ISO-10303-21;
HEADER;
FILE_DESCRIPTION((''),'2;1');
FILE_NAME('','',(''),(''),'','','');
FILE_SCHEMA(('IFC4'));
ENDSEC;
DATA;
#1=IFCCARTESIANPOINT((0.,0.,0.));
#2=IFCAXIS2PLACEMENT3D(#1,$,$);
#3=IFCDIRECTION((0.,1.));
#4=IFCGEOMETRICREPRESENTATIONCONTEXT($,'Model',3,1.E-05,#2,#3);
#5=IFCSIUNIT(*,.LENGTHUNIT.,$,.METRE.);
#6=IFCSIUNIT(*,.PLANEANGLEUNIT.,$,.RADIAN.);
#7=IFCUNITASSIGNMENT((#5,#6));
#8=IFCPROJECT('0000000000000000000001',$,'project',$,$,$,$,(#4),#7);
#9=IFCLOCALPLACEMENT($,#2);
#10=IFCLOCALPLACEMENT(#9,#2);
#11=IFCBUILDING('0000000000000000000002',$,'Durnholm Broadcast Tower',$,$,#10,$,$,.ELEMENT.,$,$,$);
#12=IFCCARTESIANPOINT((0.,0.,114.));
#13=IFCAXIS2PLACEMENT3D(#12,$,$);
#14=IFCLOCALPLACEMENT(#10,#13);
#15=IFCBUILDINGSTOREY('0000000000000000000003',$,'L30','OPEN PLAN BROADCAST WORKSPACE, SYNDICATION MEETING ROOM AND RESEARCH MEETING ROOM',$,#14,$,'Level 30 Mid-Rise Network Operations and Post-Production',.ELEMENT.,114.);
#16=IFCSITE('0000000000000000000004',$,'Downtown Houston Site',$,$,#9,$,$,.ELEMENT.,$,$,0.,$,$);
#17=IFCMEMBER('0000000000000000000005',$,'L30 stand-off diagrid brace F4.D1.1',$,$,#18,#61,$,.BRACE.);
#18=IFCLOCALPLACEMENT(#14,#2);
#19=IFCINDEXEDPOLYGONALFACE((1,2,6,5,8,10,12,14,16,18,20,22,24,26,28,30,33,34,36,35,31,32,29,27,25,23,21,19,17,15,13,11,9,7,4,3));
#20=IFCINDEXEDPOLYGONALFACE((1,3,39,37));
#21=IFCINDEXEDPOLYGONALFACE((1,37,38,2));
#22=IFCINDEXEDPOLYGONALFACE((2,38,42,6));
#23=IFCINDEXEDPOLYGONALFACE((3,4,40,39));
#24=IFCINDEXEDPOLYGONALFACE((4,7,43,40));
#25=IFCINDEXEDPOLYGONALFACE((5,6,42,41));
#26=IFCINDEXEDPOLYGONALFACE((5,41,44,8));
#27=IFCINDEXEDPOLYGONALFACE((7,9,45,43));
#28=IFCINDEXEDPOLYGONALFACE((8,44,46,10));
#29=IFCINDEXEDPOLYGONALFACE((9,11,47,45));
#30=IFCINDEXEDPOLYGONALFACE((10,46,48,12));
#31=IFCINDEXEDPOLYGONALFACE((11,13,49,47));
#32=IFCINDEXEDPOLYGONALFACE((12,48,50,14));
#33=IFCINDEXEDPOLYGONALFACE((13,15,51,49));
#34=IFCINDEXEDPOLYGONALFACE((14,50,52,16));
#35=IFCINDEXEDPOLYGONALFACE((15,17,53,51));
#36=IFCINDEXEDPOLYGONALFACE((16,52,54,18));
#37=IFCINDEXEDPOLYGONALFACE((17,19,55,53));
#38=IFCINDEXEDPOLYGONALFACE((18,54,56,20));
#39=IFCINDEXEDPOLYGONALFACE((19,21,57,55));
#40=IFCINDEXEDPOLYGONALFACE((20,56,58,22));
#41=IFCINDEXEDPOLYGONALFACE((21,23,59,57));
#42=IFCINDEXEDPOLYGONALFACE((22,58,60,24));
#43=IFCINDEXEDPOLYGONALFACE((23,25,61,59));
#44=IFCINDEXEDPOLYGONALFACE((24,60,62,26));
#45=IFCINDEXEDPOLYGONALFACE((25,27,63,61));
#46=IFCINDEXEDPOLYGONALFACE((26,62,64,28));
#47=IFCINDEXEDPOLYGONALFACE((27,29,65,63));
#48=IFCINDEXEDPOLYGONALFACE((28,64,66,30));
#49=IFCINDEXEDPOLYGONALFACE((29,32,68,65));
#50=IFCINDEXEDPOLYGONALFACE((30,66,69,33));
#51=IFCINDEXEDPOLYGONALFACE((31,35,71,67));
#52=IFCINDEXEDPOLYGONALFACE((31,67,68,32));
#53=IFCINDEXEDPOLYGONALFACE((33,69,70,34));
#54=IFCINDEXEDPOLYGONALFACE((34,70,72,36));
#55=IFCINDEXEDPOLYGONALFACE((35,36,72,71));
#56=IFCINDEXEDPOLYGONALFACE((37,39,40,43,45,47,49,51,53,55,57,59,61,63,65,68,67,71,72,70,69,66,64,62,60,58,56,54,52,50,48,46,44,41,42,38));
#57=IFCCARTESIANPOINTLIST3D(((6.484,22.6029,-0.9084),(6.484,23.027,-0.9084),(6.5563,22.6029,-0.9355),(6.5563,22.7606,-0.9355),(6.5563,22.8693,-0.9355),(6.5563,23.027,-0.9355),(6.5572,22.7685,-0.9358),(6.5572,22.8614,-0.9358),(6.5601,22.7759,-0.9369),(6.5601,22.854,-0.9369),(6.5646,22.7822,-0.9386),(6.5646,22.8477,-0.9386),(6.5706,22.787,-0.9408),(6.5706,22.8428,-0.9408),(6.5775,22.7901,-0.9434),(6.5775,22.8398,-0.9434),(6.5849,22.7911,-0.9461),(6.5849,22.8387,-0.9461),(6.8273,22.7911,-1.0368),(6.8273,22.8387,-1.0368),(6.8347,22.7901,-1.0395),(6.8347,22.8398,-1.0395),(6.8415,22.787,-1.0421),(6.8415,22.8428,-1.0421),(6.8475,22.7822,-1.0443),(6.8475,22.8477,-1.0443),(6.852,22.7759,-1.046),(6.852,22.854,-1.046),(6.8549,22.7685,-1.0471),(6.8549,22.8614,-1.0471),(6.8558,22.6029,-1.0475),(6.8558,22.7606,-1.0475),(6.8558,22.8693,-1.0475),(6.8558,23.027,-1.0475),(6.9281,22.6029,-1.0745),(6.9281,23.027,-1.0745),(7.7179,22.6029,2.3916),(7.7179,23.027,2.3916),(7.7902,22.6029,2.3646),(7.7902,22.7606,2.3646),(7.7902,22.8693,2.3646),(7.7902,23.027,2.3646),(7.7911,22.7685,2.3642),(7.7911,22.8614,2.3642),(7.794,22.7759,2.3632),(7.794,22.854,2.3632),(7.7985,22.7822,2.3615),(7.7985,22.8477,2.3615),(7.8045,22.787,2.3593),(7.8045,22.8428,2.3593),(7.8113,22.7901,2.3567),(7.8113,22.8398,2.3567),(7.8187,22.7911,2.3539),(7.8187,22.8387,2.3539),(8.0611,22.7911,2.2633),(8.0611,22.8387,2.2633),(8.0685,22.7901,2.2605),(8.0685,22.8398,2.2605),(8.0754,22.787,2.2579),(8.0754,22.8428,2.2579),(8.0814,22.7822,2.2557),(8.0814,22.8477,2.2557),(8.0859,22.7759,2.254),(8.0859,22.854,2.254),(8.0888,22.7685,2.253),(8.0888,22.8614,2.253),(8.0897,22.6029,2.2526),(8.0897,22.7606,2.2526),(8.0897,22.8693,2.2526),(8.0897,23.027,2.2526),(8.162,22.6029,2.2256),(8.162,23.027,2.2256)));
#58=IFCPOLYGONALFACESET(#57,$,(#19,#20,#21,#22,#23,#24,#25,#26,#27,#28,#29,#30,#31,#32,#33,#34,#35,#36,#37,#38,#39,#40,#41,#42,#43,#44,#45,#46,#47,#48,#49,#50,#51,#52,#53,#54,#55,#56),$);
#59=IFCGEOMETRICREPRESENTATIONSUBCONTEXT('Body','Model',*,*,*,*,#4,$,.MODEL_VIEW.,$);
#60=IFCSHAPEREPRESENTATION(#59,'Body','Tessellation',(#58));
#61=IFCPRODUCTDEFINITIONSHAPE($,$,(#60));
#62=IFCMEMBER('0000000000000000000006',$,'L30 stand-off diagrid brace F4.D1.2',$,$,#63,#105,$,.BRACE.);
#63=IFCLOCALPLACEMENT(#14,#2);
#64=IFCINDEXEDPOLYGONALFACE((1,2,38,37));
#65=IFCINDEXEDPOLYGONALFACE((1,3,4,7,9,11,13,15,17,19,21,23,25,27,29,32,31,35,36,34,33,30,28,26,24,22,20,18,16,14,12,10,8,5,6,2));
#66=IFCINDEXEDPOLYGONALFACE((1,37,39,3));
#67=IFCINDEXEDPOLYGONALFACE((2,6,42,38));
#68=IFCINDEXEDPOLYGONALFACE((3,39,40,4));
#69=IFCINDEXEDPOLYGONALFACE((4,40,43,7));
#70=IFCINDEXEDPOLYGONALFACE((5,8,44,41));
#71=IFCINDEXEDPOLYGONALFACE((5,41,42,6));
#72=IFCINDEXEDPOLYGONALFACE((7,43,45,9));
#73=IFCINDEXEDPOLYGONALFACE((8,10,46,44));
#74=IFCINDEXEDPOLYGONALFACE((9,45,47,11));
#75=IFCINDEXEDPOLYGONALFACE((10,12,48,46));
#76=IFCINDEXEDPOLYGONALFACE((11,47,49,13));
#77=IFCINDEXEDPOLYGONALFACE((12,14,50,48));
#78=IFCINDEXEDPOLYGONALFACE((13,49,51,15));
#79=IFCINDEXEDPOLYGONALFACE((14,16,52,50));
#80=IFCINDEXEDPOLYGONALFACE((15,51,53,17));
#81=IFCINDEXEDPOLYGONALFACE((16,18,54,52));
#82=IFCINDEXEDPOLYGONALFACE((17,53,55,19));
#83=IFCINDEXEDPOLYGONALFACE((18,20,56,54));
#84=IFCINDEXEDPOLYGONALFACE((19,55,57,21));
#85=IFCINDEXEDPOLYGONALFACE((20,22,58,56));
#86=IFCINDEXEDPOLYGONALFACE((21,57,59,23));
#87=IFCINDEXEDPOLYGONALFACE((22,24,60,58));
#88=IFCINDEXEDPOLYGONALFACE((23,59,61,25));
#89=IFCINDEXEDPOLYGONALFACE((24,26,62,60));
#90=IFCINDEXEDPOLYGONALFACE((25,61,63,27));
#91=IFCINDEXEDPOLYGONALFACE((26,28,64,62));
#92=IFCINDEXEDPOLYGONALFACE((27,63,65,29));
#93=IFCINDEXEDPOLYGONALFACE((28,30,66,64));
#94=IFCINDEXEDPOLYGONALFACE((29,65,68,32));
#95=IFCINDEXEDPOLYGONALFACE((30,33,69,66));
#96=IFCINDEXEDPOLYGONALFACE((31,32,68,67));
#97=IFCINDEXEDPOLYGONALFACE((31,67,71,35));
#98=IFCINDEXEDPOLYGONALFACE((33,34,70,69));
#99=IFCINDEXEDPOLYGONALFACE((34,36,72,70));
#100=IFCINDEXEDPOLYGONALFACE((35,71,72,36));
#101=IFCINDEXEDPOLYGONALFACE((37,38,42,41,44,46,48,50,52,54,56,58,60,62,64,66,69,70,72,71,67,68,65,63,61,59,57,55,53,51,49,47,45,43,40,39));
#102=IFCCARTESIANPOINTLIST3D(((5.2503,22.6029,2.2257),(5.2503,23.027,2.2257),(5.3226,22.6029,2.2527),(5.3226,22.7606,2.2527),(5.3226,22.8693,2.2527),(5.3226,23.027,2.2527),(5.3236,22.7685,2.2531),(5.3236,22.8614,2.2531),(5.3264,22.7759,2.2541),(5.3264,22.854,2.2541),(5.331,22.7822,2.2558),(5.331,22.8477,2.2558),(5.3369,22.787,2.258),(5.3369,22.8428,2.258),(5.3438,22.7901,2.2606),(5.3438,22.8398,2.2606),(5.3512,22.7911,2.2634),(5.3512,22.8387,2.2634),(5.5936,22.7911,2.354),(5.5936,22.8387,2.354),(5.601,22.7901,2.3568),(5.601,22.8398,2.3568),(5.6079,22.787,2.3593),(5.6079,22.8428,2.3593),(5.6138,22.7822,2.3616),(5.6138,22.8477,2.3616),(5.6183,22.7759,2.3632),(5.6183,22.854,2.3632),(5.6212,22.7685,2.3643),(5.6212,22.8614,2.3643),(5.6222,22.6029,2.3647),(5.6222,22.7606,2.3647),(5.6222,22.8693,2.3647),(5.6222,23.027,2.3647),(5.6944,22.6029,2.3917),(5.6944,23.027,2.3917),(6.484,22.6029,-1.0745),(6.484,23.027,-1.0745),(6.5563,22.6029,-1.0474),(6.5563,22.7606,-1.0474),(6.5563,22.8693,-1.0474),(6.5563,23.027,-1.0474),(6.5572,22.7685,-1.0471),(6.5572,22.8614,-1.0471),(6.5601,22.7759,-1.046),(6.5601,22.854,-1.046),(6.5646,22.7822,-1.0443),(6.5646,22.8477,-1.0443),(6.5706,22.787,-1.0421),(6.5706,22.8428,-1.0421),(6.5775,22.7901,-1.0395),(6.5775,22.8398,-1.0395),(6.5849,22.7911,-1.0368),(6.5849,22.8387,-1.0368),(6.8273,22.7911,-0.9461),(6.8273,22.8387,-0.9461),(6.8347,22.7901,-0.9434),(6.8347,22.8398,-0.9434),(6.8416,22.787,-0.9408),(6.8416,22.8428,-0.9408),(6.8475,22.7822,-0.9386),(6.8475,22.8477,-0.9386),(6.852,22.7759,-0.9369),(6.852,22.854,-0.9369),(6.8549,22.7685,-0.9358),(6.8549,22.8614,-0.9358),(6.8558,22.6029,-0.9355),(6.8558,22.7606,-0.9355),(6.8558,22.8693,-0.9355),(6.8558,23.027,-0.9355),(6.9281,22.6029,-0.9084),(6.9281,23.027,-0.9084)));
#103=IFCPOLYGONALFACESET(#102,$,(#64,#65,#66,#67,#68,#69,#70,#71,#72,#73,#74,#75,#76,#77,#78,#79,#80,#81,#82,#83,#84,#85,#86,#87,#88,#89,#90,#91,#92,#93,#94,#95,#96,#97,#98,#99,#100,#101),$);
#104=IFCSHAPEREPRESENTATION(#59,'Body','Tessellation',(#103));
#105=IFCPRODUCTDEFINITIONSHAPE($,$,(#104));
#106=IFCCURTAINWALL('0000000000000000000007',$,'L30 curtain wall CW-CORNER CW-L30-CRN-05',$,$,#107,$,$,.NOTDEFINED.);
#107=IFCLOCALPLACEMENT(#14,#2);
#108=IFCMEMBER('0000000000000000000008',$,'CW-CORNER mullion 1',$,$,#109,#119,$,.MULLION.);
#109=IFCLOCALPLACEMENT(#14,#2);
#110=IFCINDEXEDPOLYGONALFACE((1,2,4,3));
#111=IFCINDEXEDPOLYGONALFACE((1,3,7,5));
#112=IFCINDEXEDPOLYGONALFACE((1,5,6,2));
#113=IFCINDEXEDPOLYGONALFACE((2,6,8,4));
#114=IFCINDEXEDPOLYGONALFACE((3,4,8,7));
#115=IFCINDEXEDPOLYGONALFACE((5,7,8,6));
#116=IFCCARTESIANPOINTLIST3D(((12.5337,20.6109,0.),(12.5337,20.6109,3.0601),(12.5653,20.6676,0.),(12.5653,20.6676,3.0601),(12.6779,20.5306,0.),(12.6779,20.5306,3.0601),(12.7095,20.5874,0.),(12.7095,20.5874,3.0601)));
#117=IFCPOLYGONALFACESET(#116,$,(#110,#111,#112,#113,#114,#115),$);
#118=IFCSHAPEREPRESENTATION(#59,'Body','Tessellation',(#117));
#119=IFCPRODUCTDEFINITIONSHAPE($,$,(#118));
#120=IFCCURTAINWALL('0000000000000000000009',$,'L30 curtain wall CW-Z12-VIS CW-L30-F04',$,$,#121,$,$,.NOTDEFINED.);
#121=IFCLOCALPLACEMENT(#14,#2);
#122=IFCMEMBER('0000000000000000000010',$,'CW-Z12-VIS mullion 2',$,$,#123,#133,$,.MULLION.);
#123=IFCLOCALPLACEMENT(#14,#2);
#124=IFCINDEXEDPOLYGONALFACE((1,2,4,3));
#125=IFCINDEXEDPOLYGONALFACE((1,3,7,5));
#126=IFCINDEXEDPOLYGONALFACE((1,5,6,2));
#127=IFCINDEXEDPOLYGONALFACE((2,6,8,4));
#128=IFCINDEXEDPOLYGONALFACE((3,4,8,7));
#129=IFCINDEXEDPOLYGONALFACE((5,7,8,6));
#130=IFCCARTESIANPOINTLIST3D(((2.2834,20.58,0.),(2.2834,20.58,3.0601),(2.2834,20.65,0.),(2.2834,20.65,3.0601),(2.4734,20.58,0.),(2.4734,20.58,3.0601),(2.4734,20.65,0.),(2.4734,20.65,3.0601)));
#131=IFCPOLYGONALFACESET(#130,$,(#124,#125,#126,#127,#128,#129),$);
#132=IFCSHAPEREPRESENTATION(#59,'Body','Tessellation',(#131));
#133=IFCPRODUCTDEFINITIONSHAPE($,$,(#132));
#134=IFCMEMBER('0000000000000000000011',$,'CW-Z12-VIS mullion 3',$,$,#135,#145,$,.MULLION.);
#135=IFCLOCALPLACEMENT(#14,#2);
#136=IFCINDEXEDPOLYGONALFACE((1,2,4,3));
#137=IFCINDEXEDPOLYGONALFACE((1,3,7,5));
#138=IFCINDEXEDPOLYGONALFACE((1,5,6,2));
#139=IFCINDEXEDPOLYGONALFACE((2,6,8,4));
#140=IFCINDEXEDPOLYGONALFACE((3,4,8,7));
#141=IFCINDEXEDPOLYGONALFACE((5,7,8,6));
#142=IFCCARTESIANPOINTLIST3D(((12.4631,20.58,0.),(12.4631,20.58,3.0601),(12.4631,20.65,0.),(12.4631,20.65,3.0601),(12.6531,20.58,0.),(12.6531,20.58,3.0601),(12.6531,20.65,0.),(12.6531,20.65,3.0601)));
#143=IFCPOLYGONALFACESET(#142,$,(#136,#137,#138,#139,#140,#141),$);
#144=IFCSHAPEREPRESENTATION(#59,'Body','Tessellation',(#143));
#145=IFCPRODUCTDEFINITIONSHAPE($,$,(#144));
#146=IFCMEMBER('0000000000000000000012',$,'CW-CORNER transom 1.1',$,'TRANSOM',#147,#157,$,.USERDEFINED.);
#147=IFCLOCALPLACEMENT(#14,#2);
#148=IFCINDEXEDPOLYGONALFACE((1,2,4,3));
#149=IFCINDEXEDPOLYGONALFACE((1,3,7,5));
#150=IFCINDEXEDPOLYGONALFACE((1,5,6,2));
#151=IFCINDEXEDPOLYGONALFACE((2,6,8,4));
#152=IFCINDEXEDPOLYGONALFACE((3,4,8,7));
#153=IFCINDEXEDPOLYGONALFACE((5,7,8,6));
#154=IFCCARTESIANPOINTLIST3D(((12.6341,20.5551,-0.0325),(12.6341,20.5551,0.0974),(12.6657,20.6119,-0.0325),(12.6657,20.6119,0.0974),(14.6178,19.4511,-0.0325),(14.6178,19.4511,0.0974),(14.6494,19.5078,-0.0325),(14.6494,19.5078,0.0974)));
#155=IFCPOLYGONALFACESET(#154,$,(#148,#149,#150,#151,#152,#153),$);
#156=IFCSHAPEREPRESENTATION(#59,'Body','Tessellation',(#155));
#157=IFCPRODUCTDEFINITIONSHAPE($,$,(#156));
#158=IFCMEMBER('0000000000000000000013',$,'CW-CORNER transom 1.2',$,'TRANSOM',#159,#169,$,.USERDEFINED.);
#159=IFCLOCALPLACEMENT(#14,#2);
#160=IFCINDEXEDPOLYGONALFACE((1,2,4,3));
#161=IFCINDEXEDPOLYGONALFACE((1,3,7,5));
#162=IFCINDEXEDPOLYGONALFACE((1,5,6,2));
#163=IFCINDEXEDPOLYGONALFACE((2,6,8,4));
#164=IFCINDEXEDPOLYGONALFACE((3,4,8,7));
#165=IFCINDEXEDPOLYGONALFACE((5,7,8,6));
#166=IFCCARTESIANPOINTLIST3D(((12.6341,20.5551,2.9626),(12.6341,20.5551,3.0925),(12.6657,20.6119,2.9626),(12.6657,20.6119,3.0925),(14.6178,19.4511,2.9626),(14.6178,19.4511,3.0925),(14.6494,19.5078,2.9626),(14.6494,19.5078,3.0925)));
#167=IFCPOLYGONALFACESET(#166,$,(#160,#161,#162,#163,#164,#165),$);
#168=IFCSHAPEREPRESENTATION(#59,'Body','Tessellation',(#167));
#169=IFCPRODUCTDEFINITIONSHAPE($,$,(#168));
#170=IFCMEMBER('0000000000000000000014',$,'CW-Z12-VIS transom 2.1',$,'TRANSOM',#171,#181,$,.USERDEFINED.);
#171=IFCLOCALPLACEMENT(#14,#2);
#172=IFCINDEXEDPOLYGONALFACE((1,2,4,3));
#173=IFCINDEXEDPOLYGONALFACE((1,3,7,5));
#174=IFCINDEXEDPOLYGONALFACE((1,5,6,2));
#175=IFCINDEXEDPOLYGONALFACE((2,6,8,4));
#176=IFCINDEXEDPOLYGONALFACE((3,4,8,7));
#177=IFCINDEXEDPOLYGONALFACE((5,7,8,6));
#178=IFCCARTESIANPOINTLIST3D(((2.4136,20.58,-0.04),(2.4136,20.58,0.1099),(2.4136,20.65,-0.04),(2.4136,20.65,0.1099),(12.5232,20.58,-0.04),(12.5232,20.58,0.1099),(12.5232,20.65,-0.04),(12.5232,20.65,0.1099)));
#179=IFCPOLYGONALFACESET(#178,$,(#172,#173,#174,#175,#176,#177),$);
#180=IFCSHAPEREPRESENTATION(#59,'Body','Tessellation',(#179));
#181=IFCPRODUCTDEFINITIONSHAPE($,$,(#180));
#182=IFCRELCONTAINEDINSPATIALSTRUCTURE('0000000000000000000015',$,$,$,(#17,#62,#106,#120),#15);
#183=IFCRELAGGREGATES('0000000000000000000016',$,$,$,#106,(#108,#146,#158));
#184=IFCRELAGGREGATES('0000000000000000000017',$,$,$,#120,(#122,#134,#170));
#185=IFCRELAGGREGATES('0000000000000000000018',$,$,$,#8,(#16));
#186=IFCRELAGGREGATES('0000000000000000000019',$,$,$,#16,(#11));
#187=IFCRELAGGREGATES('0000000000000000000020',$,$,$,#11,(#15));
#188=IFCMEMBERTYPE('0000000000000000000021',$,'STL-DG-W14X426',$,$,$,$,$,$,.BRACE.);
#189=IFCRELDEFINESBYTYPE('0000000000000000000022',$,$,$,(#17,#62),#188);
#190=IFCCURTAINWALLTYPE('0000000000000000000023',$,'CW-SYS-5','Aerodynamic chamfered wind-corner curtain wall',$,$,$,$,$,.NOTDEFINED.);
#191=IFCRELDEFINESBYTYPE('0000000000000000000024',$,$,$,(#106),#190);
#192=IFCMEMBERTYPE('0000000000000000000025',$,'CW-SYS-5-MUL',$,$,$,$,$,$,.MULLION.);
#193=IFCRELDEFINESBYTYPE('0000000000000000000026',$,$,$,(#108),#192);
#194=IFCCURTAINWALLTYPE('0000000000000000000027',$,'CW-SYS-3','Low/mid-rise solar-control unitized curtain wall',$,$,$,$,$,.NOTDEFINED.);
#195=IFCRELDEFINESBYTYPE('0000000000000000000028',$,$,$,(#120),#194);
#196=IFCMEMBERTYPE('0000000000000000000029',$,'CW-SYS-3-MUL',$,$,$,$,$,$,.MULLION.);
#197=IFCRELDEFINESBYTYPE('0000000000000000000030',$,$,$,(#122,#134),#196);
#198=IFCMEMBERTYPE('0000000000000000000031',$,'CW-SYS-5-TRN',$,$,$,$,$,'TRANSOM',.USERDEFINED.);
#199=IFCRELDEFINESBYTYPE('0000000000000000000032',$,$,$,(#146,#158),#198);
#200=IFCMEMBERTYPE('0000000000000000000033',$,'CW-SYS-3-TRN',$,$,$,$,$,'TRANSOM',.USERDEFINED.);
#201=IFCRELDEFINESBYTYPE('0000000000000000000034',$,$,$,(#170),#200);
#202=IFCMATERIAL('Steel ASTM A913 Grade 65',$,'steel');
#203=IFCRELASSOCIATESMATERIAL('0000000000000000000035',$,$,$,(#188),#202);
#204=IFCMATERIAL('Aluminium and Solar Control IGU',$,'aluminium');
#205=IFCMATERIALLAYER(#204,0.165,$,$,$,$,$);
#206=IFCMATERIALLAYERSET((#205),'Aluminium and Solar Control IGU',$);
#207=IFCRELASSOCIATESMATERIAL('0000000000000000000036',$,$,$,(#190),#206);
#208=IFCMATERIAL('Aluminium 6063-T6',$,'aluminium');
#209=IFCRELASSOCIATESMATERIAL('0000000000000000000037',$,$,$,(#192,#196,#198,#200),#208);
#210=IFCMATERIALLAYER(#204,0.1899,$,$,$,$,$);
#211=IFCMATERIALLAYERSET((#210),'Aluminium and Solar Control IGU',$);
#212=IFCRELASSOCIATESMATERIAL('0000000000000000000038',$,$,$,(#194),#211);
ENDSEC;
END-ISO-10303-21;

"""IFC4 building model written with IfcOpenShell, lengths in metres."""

from ifc_helpers import new_model, si_unit, direction, frame, origin, origin_2d, place, context, subcontext, project, spatial, rectangle, i_section, extrude, source, transform, mapped, material, layer, layer_set, material_profile, profile_set, type_object, type_shapes, element, aggregate, save


model = new_model("IFC4")

# Units and contexts
model_context = context("Model", 3, precision=1e-05, world=origin(), true_north=direction((0.0, 1.0)))
body_context = subcontext(model_context, "Body", "Model", "MODEL_VIEW")
ifc_project = project(units=[si_unit("LENGTHUNIT", "METRE"), si_unit("PLANEANGLEUNIT", "RADIAN")], contexts=[model_context])

# Site, building, storey
site_placement = place(None, origin())
site = spatial("IfcSite", under=ifc_project, at=site_placement, Name="Downtown Houston Site", CompositionType="ELEMENT", RefElevation=0.0)
building_placement = place(site_placement, origin())
building = spatial("IfcBuilding", under=site, at=building_placement, Name="Durnholm Broadcast Tower", CompositionType="ELEMENT")
storey_placement = place(building_placement, frame((0.0, 0.0, 114.0)))
storey = spatial("IfcBuildingStorey", under=building, at=storey_placement, Name="L30", Description="OPEN PLAN BROADCAST WORKSPACE, SYNDICATION MEETING ROOM AND RESEARCH MEETING ROOM", LongName="Level 30 Mid-Rise Network Operations and Post-Production", CompositionType="ELEMENT", Elevation=114.0)

# Members
ifc_material_1 = material(Name="Steel ASTM A913 Grade 65", Category="steel")
ifc_material_profile_1 = material_profile(ifc_material_1, i_section(OverallWidth=0.4241, OverallDepth=0.4741, WebThickness=0.0476, FlangeThickness=0.0771, FilletRadius=0.0305, at=origin_2d()), Name="W14X426")
ifc_profile_set_1 = profile_set([ifc_material_profile_1], Name="Steel ASTM A913 Grade 65")
member_type_1 = type_object("IfcMemberType", Name="STL-DG-W14X426", PredefinedType="BRACE", material=ifc_profile_set_1)
shared_shape_1 = source(origin(), body_context, "Body", "SweptSolid", [
    extrude(i_section(OverallWidth=0.4241, OverallDepth=0.4741, WebThickness=0.0476, FlangeThickness=0.0771, FilletRadius=0.0305, at=origin_2d()), origin(), (0.0, 0.0, 1.0), 3.5232),
])
type_shapes(member_type_1, [shared_shape_1])
for number, where, z_axis, x_axis, name in (
    (1, (6.7061, 22.8149, -0.9915), (0.35022, 0.0, 0.936668), (0.0, 1.0, 0.0), "L30 stand-off diagrid brace F4.D1.1"),
    (2, (6.7061, 22.8149, -0.9915), (-0.350159, 0.0, 0.93669), (0.0, -1.0, 0.0), "L30 stand-off diagrid brace F4.D1.2"),
):
    element("IfcMember", number, at=place(storey_placement, frame(where, z_axis=z_axis, x_axis=x_axis)), inside=storey, type_object=member_type_1, Name=name, PredefinedType="BRACE", context=body_context, shape_type="MappedRepresentation", body=[
        mapped(shared_shape_1, transform((0.0, 0.0, 0.0), x_axis=(1.0, 0.0, 0.0), y_axis=(0.0, 1.0, 0.0), z_axis=(0.0, 0.0, 1.0), scale=1.0)),
    ])

# Curtain wall, member
ifc_material_2 = material(Name="Aluminium and Solar Control IGU", Category="aluminium")
ifc_layer_1 = layer(ifc_material_2, 0.165)
ifc_layer_set_1 = layer_set([ifc_layer_1], Name="Aluminium and Solar Control IGU")
curtain_wall_type_1 = type_object("IfcCurtainWallType", Name="CW-SYS-5", Description="Aerodynamic chamfered wind-corner curtain wall", PredefinedType="NOTDEFINED", material=ifc_layer_set_1)
curtain_wall_1_placement = place(storey_placement, origin())
curtain_wall_1 = element("IfcCurtainWall", 3, at=curtain_wall_1_placement, inside=storey, type_object=curtain_wall_type_1, Name="L30 curtain wall CW-CORNER CW-L30-CRN-05", PredefinedType="NOTDEFINED")
ifc_material_3 = material(Name="Aluminium 6063-T6", Category="aluminium")
ifc_material_profile_2 = material_profile(ifc_material_3, rectangle(XDim=0.0649, YDim=0.165, at=origin_2d()), Name="CWM65X165")
ifc_profile_set_2 = profile_set([ifc_material_profile_2], Name="Aluminium 6063-T6")
member_type_2 = type_object("IfcMemberType", Name="CW-SYS-5-MUL", PredefinedType="MULLION", material=ifc_profile_set_2)
shared_shape_2 = source(origin(), body_context, "Body", "SweptSolid", [
    extrude(rectangle(XDim=0.0649, YDim=0.165, at=origin_2d()), origin(), (0.0, 0.0, 1.0), 3.0601),
])
type_shapes(member_type_2, [shared_shape_2])
member_1_placement = place(storey_placement, frame((12.6216, 20.5991, 0.0), z_axis=(0.0, 0.0, 1.0), x_axis=(0.486244, 0.873823, 0.0)))
member_1 = element("IfcMember", 4, at=member_1_placement, type_object=member_type_2, Name="CW-CORNER mullion 1", PredefinedType="MULLION", context=body_context, shape_type="MappedRepresentation", body=[
    mapped(shared_shape_2, transform((0.0, 0.0, 0.0), x_axis=(1.0, 0.0, 0.0), y_axis=(0.0, 1.0, 0.0), z_axis=(0.0, 0.0, 1.0), scale=1.0)),
])

# Curtain wall, members
ifc_layer_2 = layer(ifc_material_2, 0.1899)
ifc_layer_set_2 = layer_set([ifc_layer_2], Name="Aluminium and Solar Control IGU")
curtain_wall_type_2 = type_object("IfcCurtainWallType", Name="CW-SYS-3", Description="Low/mid-rise solar-control unitized curtain wall", PredefinedType="NOTDEFINED", material=ifc_layer_set_2)
curtain_wall_2_placement = place(storey_placement, origin())
curtain_wall_2 = element("IfcCurtainWall", 5, at=curtain_wall_2_placement, inside=storey, type_object=curtain_wall_type_2, Name="L30 curtain wall CW-Z12-VIS CW-L30-F04", PredefinedType="NOTDEFINED")
ifc_material_profile_3 = material_profile(ifc_material_3, rectangle(XDim=0.0701, YDim=0.1899, at=origin_2d()), Name="CWM70X190")
ifc_profile_set_3 = profile_set([ifc_material_profile_3], Name="Aluminium 6063-T6")
member_type_3 = type_object("IfcMemberType", Name="CW-SYS-3-MUL", PredefinedType="MULLION", material=ifc_profile_set_3)
shared_shape_3 = source(origin(), body_context, "Body", "SweptSolid", [
    extrude(rectangle(XDim=0.0701, YDim=0.1899, at=origin_2d()), origin(), (0.0, 0.0, 1.0), 3.0601),
])
type_shapes(member_type_3, [shared_shape_3])
member_2_placement = place(storey_placement, frame((2.3784, 20.615, 0.0), z_axis=(0.0, 0.0, 1.0), x_axis=(0.0, 1.0, 0.0)))
member_2 = element("IfcMember", 6, at=member_2_placement, type_object=member_type_3, Name="CW-Z12-VIS mullion 2", PredefinedType="MULLION", context=body_context, shape_type="MappedRepresentation", body=[
    mapped(shared_shape_3, transform((0.0, 0.0, 0.0), x_axis=(1.0, 0.0, 0.0), y_axis=(0.0, 1.0, 0.0), z_axis=(0.0, 0.0, 1.0), scale=1.0)),
])
member_3_placement = place(storey_placement, frame((12.5581, 20.615, 0.0), z_axis=(0.0, 0.0, 1.0), x_axis=(0.0, 1.0, 0.0)))
member_3 = element("IfcMember", 7, at=member_3_placement, type_object=member_type_3, Name="CW-Z12-VIS mullion 3", PredefinedType="MULLION", context=body_context, shape_type="MappedRepresentation", body=[
    mapped(shared_shape_3, transform((0.0, 0.0, 0.0), x_axis=(1.0, 0.0, 0.0), y_axis=(0.0, 1.0, 0.0), z_axis=(0.0, 0.0, 1.0), scale=1.0)),
])

# Members
ifc_material_profile_4 = material_profile(ifc_material_3, rectangle(XDim=0.0649, YDim=0.1299, at=origin_2d()), Name="CWT65X130")
ifc_profile_set_4 = profile_set([ifc_material_profile_4], Name="Aluminium 6063-T6")
member_type_4 = type_object("IfcMemberType", Name="CW-SYS-5-TRN", ElementType="TRANSOM", PredefinedType="USERDEFINED", material=ifc_profile_set_4)
shared_shape_4 = source(origin(), body_context, "Body", "SweptSolid", [
    extrude(rectangle(XDim=0.0649, YDim=0.1299, at=origin_2d()), origin(), (0.0, 0.0, 1.0), 2.2703),
])
type_shapes(member_type_4, [shared_shape_4])
member_4_placement = place(storey_placement, frame((12.6499, 20.5835, 0.0325), z_axis=(0.873787, -0.486309, 0.0), x_axis=(0.486309, 0.873787, 0.0)))
member_4 = element("IfcMember", 8, at=member_4_placement, type_object=member_type_4, Name="CW-CORNER transom 1.1", ObjectType="TRANSOM", PredefinedType="USERDEFINED", context=body_context, shape_type="MappedRepresentation", body=[
    mapped(shared_shape_4, transform((0.0, 0.0, 0.0), x_axis=(1.0, 0.0, 0.0), y_axis=(0.0, 1.0, 0.0), z_axis=(0.0, 0.0, 1.0), scale=1.0)),
])
member_5_placement = place(storey_placement, frame((12.6499, 20.5835, 3.0276), z_axis=(0.873787, -0.486309, 0.0), x_axis=(0.486309, 0.873787, 0.0)))
member_5 = element("IfcMember", 9, at=member_5_placement, type_object=member_type_4, Name="CW-CORNER transom 1.2", ObjectType="TRANSOM", PredefinedType="USERDEFINED", context=body_context, shape_type="MappedRepresentation", body=[
    mapped(shared_shape_4, transform((0.0, 0.0, 0.0), x_axis=(1.0, 0.0, 0.0), y_axis=(0.0, 1.0, 0.0), z_axis=(0.0, 0.0, 1.0), scale=1.0)),
])
aggregate(curtain_wall_1, [member_1, member_4, member_5])
ifc_material_profile_5 = material_profile(ifc_material_3, rectangle(XDim=0.0701, YDim=0.1499, at=origin_2d()), Name="CWT70X150")
ifc_profile_set_5 = profile_set([ifc_material_profile_5], Name="Aluminium 6063-T6")
member_type_5 = type_object("IfcMemberType", Name="CW-SYS-3-TRN", ElementType="TRANSOM", PredefinedType="USERDEFINED", material=ifc_profile_set_5)
shared_shape_5 = source(origin(), body_context, "Body", "SweptSolid", [
    extrude(rectangle(XDim=0.0701, YDim=0.1499, at=origin_2d()), origin(), (0.0, 0.0, 1.0), 10.1096),
])
type_shapes(member_type_5, [shared_shape_5])
member_6_placement = place(storey_placement, frame((2.4136, 20.615, 0.0349), z_axis=(1.0, 0.0, 0.0), x_axis=(0.0, 1.0, 0.0)))
member_6 = element("IfcMember", 10, at=member_6_placement, type_object=member_type_5, Name="CW-Z12-VIS transom 2.1", ObjectType="TRANSOM", PredefinedType="USERDEFINED", context=body_context, shape_type="MappedRepresentation", body=[
    mapped(shared_shape_5, transform((0.0, 0.0, 0.0), x_axis=(1.0, 0.0, 0.0), y_axis=(0.0, 1.0, 0.0), z_axis=(0.0, 0.0, 1.0), scale=1.0)),
])

aggregate(curtain_wall_2, [member_2, member_3, member_6])

save(model, "model.ifc")
